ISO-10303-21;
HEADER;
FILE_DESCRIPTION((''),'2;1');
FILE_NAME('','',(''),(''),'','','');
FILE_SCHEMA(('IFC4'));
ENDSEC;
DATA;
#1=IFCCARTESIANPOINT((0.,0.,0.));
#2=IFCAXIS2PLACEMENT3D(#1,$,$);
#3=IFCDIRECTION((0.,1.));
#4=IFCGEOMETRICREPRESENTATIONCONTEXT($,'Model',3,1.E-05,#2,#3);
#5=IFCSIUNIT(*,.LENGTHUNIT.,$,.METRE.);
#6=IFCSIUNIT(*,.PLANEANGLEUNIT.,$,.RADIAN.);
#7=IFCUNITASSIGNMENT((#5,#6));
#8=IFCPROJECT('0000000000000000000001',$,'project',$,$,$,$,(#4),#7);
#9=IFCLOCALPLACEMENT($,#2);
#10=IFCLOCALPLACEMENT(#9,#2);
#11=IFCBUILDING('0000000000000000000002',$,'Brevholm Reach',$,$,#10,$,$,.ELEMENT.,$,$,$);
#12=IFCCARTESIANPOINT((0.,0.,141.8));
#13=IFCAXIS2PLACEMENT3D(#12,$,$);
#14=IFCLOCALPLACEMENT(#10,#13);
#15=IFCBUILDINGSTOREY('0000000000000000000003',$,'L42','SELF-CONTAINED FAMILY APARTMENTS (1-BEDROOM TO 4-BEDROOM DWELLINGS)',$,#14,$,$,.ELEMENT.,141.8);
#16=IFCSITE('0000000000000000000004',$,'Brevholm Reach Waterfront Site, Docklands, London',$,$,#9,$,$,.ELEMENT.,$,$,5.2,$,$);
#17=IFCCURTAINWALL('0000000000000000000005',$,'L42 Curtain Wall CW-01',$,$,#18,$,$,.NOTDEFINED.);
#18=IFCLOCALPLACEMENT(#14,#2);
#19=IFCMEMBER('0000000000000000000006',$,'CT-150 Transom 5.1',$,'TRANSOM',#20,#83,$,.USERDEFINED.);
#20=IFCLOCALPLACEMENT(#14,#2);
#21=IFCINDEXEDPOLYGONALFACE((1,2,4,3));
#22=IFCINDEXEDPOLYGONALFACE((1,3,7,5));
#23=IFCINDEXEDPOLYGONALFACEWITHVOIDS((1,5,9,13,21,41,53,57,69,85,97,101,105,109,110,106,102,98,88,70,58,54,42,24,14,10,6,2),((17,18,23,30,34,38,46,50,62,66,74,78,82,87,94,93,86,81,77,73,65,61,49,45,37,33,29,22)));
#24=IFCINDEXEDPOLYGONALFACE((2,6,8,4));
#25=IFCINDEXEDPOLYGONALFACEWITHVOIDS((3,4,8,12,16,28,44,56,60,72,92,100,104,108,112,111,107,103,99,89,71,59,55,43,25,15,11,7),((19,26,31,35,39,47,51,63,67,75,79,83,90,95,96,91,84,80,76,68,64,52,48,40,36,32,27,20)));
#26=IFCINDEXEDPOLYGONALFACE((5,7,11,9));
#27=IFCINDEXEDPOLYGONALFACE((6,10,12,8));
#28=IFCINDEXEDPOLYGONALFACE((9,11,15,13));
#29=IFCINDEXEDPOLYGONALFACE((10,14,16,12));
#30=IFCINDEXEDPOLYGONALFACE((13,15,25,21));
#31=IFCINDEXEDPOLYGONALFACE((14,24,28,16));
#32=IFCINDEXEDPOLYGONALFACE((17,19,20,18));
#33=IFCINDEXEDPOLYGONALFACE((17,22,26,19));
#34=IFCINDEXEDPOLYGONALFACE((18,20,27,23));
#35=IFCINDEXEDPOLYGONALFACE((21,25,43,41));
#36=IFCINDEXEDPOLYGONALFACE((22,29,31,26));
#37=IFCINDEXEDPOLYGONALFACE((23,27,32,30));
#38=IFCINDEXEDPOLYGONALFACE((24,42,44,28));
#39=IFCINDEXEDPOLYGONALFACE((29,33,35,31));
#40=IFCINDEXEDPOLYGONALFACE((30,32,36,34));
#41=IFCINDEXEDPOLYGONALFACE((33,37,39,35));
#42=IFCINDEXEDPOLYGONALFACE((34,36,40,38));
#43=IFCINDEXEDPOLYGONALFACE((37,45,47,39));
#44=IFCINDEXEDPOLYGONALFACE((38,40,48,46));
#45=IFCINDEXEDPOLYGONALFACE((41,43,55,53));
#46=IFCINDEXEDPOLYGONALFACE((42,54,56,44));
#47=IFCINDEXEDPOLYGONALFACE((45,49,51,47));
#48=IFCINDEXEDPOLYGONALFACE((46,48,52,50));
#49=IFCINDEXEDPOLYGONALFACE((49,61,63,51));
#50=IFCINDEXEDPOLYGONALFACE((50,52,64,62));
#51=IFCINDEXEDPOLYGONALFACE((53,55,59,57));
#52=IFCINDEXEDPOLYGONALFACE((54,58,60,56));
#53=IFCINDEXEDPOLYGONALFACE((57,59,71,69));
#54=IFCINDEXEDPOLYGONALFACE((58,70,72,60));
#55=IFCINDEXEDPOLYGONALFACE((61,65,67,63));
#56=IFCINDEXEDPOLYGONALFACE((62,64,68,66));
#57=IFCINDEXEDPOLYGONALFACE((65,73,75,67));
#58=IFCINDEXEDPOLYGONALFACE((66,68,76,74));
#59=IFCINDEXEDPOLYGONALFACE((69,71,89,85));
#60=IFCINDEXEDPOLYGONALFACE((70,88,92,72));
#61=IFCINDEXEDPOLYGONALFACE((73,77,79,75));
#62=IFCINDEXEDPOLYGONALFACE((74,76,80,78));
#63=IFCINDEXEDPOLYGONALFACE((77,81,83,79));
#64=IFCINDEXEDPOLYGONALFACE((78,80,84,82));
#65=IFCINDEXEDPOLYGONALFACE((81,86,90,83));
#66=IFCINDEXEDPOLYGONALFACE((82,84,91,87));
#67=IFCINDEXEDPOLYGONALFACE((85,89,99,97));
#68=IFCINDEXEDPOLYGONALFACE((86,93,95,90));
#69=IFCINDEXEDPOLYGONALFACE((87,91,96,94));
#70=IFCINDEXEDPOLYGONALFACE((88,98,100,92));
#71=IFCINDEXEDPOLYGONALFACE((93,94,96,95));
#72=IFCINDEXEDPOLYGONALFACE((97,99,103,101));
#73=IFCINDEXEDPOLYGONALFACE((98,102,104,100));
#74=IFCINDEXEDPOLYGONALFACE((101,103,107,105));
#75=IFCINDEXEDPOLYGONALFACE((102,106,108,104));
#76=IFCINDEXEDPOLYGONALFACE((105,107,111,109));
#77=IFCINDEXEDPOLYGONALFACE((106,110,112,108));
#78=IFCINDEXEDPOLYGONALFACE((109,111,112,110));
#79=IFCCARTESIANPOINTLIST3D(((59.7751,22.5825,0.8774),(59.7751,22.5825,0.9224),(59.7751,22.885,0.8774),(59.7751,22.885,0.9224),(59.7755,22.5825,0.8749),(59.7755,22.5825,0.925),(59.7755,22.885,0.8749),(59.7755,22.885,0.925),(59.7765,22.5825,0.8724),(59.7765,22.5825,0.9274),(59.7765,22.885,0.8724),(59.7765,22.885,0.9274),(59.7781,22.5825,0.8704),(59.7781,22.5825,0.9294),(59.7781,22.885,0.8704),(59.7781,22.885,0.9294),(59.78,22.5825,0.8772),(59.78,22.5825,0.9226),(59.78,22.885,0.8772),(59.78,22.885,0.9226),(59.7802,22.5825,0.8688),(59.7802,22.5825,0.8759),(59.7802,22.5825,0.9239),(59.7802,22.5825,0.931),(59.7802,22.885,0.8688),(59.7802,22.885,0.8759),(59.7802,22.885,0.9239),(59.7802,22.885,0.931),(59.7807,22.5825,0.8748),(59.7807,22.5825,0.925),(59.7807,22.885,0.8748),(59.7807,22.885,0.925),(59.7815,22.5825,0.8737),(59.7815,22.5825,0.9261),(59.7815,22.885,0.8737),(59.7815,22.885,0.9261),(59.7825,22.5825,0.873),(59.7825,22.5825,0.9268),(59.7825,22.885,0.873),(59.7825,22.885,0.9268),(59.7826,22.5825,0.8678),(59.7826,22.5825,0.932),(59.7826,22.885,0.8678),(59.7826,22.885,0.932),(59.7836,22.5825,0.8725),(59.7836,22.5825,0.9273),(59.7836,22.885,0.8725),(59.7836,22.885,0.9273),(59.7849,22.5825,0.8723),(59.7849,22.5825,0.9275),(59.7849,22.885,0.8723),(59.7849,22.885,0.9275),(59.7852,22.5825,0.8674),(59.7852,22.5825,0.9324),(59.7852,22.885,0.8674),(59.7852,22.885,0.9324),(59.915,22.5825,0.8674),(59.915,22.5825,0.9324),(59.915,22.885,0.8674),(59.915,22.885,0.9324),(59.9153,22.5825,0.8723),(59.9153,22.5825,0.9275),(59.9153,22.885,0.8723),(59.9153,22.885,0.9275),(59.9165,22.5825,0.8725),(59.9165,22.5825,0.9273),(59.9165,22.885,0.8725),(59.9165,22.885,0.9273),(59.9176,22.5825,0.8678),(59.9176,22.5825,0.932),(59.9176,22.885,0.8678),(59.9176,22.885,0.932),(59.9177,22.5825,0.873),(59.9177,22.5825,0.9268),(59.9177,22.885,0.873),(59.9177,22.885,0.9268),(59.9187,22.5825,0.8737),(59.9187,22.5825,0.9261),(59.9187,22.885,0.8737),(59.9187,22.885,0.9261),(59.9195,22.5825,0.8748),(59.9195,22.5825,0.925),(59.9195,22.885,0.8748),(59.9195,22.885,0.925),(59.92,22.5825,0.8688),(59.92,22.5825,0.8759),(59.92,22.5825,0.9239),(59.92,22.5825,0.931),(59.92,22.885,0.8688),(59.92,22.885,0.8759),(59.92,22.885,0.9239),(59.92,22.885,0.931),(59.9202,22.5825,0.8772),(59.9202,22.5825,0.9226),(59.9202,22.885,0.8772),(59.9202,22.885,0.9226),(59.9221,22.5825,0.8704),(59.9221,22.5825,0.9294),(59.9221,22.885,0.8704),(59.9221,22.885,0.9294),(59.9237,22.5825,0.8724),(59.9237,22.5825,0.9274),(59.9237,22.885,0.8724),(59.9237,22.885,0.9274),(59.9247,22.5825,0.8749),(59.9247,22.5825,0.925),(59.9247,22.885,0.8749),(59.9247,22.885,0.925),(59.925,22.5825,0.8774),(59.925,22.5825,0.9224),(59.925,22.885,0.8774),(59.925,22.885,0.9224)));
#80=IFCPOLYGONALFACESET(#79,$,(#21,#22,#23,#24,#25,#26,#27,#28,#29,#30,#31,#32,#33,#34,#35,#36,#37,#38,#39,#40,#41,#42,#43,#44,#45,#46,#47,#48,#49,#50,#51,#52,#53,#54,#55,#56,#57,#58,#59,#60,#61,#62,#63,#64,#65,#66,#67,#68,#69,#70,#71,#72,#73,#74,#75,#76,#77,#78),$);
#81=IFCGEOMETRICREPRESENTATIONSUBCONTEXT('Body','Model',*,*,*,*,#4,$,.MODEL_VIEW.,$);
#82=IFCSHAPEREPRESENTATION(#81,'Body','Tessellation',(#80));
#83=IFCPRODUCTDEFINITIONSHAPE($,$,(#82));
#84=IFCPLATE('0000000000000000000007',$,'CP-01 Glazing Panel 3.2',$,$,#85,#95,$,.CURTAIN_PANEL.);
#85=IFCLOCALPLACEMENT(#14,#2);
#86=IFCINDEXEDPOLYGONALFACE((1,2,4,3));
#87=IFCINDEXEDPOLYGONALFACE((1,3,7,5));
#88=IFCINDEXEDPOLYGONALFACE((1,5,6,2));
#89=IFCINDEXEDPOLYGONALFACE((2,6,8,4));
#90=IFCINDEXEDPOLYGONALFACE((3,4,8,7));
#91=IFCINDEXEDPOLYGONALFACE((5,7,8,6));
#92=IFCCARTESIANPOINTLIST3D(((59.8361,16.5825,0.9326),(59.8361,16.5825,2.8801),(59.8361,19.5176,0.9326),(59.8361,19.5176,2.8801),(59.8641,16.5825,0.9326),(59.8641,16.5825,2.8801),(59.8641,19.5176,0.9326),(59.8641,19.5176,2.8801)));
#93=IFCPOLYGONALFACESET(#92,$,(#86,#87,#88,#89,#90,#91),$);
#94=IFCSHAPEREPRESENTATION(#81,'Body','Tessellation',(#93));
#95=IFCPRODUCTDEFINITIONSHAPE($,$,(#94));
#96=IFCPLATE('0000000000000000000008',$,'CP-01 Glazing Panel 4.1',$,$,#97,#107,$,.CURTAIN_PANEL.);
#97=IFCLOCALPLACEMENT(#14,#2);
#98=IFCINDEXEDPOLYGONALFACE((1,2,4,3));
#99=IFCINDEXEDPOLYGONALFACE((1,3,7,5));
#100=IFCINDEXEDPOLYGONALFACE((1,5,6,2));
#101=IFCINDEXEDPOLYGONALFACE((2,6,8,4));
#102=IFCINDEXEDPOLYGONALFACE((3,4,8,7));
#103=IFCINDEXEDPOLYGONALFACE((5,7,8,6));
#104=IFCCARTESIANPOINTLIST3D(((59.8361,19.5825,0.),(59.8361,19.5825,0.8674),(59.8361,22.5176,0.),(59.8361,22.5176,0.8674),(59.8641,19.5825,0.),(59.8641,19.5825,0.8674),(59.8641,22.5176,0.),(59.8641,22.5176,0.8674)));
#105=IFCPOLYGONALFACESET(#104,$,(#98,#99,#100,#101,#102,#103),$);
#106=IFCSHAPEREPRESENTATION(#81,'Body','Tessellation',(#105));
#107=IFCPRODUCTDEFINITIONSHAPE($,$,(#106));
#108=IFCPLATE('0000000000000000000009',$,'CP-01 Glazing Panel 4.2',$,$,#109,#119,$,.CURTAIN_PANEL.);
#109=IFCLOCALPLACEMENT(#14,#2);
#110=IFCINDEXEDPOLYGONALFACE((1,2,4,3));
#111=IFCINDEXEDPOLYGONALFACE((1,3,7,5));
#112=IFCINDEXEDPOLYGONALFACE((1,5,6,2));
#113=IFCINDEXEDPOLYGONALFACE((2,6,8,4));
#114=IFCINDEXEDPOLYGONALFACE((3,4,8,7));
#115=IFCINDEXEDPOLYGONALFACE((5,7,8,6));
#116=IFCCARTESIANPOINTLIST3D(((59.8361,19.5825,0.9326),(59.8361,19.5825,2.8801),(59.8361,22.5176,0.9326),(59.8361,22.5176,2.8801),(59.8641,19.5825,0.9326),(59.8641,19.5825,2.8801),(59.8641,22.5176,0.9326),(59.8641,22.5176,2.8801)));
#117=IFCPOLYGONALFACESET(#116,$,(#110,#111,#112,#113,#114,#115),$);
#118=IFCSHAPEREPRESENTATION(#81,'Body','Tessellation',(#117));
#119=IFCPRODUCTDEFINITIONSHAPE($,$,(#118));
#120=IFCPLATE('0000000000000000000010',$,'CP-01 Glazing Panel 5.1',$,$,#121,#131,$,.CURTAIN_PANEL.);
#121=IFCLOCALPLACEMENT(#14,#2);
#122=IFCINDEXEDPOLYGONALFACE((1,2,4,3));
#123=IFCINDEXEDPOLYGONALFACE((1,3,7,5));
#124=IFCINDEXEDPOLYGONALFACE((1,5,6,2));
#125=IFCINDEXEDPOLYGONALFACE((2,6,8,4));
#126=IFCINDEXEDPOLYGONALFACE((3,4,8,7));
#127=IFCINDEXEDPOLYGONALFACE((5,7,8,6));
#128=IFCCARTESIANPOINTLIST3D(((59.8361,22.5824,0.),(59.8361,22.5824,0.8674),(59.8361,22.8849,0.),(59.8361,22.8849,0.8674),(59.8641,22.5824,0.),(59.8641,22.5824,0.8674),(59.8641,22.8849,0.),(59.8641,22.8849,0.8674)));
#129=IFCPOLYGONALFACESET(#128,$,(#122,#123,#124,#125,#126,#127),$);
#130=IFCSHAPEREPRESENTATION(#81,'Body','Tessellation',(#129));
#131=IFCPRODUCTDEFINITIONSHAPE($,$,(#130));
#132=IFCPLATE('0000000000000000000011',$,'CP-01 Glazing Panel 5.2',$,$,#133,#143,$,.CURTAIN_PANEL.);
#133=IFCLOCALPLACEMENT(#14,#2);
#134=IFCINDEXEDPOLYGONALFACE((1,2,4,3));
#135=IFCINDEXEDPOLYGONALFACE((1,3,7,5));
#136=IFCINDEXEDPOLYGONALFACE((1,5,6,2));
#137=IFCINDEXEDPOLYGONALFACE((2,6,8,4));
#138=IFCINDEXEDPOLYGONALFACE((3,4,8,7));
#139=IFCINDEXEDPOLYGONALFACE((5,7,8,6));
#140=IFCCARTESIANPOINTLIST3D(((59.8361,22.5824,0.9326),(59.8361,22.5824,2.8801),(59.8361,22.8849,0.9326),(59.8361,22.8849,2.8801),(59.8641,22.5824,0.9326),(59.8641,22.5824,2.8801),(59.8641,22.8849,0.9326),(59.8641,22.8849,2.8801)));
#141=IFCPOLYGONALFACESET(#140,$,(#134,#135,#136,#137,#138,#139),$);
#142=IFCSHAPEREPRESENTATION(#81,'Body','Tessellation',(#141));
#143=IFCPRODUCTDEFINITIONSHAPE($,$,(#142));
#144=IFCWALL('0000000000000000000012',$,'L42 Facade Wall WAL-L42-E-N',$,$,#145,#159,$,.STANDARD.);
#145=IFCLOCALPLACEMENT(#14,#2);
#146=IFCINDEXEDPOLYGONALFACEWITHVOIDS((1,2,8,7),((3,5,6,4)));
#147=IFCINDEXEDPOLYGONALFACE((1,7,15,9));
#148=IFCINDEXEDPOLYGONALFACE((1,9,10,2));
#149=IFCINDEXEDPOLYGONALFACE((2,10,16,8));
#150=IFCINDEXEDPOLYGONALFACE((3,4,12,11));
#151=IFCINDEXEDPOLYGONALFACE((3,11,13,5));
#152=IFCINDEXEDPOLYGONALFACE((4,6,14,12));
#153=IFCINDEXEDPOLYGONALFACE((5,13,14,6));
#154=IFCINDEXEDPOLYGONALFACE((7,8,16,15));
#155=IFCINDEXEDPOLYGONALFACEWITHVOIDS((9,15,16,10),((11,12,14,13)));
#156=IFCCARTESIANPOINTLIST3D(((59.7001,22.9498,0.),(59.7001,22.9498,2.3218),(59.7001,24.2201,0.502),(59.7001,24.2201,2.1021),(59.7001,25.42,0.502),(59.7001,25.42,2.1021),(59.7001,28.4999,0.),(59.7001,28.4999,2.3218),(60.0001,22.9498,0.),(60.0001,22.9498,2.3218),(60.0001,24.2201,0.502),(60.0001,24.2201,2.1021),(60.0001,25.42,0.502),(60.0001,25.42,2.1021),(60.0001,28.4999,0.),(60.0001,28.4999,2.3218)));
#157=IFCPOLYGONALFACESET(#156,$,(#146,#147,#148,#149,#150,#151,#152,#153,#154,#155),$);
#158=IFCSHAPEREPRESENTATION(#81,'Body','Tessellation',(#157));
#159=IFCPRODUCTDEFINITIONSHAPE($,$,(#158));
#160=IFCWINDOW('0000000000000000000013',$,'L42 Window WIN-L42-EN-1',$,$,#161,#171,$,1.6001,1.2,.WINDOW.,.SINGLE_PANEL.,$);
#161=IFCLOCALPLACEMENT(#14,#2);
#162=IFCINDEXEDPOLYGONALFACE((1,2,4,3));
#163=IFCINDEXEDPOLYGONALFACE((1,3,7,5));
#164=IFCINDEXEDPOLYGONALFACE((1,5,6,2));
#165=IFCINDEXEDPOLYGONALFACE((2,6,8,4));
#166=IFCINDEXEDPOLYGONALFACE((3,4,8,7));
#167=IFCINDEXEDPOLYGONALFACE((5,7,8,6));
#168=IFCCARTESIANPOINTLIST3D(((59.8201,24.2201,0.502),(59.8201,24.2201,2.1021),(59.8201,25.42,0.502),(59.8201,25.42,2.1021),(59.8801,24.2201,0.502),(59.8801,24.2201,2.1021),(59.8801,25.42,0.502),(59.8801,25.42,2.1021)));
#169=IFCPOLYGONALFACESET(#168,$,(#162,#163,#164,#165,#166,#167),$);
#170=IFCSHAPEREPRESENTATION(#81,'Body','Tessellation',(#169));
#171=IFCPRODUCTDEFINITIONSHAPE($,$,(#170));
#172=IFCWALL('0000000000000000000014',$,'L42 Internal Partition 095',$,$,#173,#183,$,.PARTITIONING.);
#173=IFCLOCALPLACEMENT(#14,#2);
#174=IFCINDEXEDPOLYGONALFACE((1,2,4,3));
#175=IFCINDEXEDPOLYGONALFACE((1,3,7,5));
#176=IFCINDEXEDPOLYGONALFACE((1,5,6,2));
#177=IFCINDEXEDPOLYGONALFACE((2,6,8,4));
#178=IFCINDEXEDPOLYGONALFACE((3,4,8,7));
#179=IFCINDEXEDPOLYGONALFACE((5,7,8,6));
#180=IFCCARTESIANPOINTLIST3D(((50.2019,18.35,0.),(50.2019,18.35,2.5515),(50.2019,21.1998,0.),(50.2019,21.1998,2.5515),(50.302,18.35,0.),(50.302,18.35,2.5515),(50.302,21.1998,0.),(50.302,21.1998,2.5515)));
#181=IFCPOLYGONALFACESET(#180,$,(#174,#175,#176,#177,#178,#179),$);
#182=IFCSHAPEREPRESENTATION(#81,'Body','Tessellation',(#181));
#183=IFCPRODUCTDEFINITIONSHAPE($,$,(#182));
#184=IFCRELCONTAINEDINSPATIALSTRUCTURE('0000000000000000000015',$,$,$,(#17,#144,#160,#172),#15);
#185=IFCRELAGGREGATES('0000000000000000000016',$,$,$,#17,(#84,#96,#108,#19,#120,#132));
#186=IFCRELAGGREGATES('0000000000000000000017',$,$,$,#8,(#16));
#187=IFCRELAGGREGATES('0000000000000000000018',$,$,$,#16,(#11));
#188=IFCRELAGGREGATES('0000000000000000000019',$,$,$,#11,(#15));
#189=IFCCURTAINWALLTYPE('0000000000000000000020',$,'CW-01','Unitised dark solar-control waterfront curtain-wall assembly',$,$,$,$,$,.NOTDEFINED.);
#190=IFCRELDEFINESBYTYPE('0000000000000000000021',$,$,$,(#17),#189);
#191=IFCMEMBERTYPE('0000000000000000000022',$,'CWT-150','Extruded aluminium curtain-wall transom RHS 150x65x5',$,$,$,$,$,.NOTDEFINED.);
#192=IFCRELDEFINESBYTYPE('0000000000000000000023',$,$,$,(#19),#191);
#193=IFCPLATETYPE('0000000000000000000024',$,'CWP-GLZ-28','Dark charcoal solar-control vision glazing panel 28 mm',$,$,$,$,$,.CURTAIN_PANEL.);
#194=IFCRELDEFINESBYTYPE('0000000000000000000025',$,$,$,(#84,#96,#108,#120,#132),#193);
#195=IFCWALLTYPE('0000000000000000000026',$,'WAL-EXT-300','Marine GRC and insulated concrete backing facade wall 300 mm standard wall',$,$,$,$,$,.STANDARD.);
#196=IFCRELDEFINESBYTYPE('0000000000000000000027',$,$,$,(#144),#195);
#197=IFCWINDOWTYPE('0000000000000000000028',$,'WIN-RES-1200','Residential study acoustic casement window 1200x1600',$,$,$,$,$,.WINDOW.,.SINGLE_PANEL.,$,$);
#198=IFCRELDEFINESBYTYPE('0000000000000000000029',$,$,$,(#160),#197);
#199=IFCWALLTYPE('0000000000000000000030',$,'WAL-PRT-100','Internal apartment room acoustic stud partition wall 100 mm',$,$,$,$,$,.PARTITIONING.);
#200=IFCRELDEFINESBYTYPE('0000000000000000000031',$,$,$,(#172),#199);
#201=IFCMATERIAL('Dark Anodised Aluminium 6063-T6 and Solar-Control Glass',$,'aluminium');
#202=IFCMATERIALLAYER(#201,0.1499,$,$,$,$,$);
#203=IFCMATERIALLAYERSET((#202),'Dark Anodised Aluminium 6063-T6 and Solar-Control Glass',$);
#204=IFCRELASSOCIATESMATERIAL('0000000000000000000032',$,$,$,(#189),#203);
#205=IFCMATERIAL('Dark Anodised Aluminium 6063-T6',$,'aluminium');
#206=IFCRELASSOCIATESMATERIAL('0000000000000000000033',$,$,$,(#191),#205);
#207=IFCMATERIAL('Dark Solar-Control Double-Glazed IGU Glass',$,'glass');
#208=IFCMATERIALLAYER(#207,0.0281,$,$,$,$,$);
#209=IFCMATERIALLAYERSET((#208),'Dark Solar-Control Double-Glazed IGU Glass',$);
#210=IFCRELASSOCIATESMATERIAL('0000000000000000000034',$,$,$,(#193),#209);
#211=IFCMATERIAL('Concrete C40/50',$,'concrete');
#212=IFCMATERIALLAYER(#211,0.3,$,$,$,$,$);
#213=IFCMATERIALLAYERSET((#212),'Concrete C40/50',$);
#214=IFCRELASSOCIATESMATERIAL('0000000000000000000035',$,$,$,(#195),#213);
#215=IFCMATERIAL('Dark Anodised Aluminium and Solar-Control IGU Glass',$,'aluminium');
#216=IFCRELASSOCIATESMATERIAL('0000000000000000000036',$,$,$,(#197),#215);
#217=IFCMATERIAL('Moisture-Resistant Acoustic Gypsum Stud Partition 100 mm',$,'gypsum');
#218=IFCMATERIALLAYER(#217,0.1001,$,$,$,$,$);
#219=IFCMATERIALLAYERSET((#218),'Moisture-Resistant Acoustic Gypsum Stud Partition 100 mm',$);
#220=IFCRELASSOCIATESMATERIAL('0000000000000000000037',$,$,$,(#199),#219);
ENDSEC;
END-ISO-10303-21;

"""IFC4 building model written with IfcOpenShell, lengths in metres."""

from ifc_helpers import new_model, si_unit, direction, frame, frame_2d, origin, origin_2d, place, context, subcontext, project, spatial, rectangle, hollow_rectangle, extrude, material, layer, layer_set, material_profile, profile_set, type_object, element, fill, aggregate, save


model = new_model("IFC4")

# Units and contexts
model_context = context("Model", 3, precision=1e-05, world=origin(), true_north=direction((0.0, 1.0)))
body_context = subcontext(model_context, "Body", "Model", "MODEL_VIEW")
ifc_project = project(units=[si_unit("LENGTHUNIT", "METRE"), si_unit("PLANEANGLEUNIT", "RADIAN")], contexts=[model_context])

# Site, building, storey
site_placement = place(None, origin())
site = spatial("IfcSite", under=ifc_project, at=site_placement, Name="Brevholm Reach Waterfront Site, Docklands, London", CompositionType="ELEMENT", RefElevation=5.2)
building_placement = place(site_placement, origin())
building = spatial("IfcBuilding", under=site, at=building_placement, Name="Brevholm Reach", CompositionType="ELEMENT")
storey_placement = place(building_placement, frame((0.0, 0.0, 141.8)))
storey = spatial("IfcBuildingStorey", under=building, at=storey_placement, Name="L42", Description="SELF-CONTAINED FAMILY APARTMENTS (1-BEDROOM TO 4-BEDROOM DWELLINGS)", CompositionType="ELEMENT", Elevation=141.8)

# Curtain wall, member, plates
ifc_material_1 = material(Name="Dark Anodised Aluminium 6063-T6 and Solar-Control Glass", Category="aluminium")
ifc_layer_1 = layer(ifc_material_1, 0.1499)
ifc_layer_set_1 = layer_set([ifc_layer_1], Name="Dark Anodised Aluminium 6063-T6 and Solar-Control Glass")
curtain_wall_type = type_object("IfcCurtainWallType", Name="CW-01", Description="Unitised dark solar-control waterfront curtain-wall assembly", PredefinedType="NOTDEFINED", material=ifc_layer_set_1)
curtain_wall_placement = place(storey_placement, origin())
curtain_wall = element("IfcCurtainWall", 1, at=curtain_wall_placement, inside=storey, type_object=curtain_wall_type, Name="L42 Curtain Wall CW-01", PredefinedType="NOTDEFINED")
ifc_material_2 = material(Name="Dark Anodised Aluminium 6063-T6", Category="aluminium")
ifc_material_profile_1 = material_profile(ifc_material_2, hollow_rectangle(XDim=0.0649, YDim=0.1499, WallThickness=0.0049, InnerFilletRadius=0.0049, OuterFilletRadius=0.01, at=origin_2d()), Name="RHS 150x65x5")
ifc_profile_set_1 = profile_set([ifc_material_profile_1], Name="Dark Anodised Aluminium 6063-T6")
member_type_1 = type_object("IfcMemberType", Name="CWT-150", Description="Extruded aluminium curtain-wall transom RHS 150x65x5", PredefinedType="NOTDEFINED", material=ifc_profile_set_1)
member_1_placement = place(storey_placement, frame((59.8501, 22.5825, 0.8999), z_axis=(0.0, 1.0, 0.0), x_axis=(0.0, 0.0, 1.0)))
member_1 = element("IfcMember", 2, at=member_1_placement, type_object=member_type_1, Name="CT-150 Transom 5.1", ObjectType="TRANSOM", PredefinedType="USERDEFINED", context=body_context, shape_type="SweptSolid", body=[
    extrude(hollow_rectangle(XDim=0.0649, YDim=0.1499, WallThickness=0.0049, InnerFilletRadius=0.0049, OuterFilletRadius=0.01, at=origin_2d()), origin(), (0.0, 0.0, 1.0), 0.3025),
])
ifc_material_3 = material(Name="Dark Solar-Control Double-Glazed IGU Glass", Category="glass")
ifc_layer_2 = layer(ifc_material_3, 0.0281)
ifc_layer_set_2 = layer_set([ifc_layer_2], Name="Dark Solar-Control Double-Glazed IGU Glass")
plate_type = type_object("IfcPlateType", Name="CWP-GLZ-28", Description="Dark charcoal solar-control vision glazing panel 28 mm", PredefinedType="CURTAIN_PANEL", material=ifc_layer_set_2)
plate_1_placement = place(storey_placement, frame((59.8501, 18.05, 0.9326), z_axis=(0.0, 0.0, 1.0), x_axis=(0.0, 1.0, 0.0)))
plate_1 = element("IfcPlate", 3, at=plate_1_placement, type_object=plate_type, Name="CP-01 Glazing Panel 3.2", PredefinedType="CURTAIN_PANEL", context=body_context, shape_type="SweptSolid", body=[
    extrude(rectangle(XDim=2.9351, YDim=0.0281, at=origin_2d()), origin(), (0.0, 0.0, 1.0), 1.9475),
])
plate_2_placement = place(storey_placement, frame((59.8501, 21.05, 0.0), z_axis=(0.0, 0.0, 1.0), x_axis=(0.0, 1.0, 0.0)))
plate_2 = element("IfcPlate", 4, at=plate_2_placement, type_object=plate_type, Name="CP-01 Glazing Panel 4.1", PredefinedType="CURTAIN_PANEL", context=body_context, shape_type="SweptSolid", body=[
    extrude(rectangle(XDim=2.9351, YDim=0.0281, at=origin_2d()), origin(), (0.0, 0.0, 1.0), 0.8674),
])
plate_3_placement = place(storey_placement, frame((59.8501, 21.05, 0.9326), z_axis=(0.0, 0.0, 1.0), x_axis=(0.0, 1.0, 0.0)))
plate_3 = element("IfcPlate", 5, at=plate_3_placement, type_object=plate_type, Name="CP-01 Glazing Panel 4.2", PredefinedType="CURTAIN_PANEL", context=body_context, shape_type="SweptSolid", body=[
    extrude(rectangle(XDim=2.9351, YDim=0.0281, at=origin_2d()), origin(), (0.0, 0.0, 1.0), 1.9475),
])
plate_4_placement = place(storey_placement, frame((59.8501, 22.7336, 0.0), z_axis=(0.0, 0.0, 1.0), x_axis=(0.0, 1.0, 0.0)))
plate_4 = element("IfcPlate", 6, at=plate_4_placement, type_object=plate_type, Name="CP-01 Glazing Panel 5.1", PredefinedType="CURTAIN_PANEL", context=body_context, shape_type="SweptSolid", body=[
    extrude(rectangle(XDim=0.3025, YDim=0.0281, at=origin_2d()), origin(), (0.0, 0.0, 1.0), 0.8674),
])
plate_5_placement = place(storey_placement, frame((59.8501, 22.7336, 0.9326), z_axis=(0.0, 0.0, 1.0), x_axis=(0.0, 1.0, 0.0)))
plate_5 = element("IfcPlate", 7, at=plate_5_placement, type_object=plate_type, Name="CP-01 Glazing Panel 5.2", PredefinedType="CURTAIN_PANEL", context=body_context, shape_type="SweptSolid", body=[
    extrude(rectangle(XDim=0.3025, YDim=0.0281, at=origin_2d()), origin(), (0.0, 0.0, 1.0), 1.9475),
])
aggregate(curtain_wall, [plate_1, plate_2, plate_3, member_1, plate_4, plate_5])

# Wall, opening, window
ifc_material_4 = material(Name="Concrete C40/50", Category="concrete")
ifc_layer_3 = layer(ifc_material_4, 0.3)
ifc_layer_set_3 = layer_set([ifc_layer_3], Name="Concrete C40/50")
wall_type_1 = type_object("IfcWallType", Name="WAL-EXT-300", Description="Marine GRC and insulated concrete backing facade wall 300 mm standard wall", PredefinedType="STANDARD", material=ifc_layer_set_3)
wall_1_placement = place(storey_placement, frame((59.8501, 22.95, 0.0), z_axis=(0.0, 0.0, 1.0), x_axis=(0.0, 1.0, 0.0)))
wall_1 = element("IfcWall", 8, at=wall_1_placement, inside=storey, type_object=wall_type_1, Name="L42 Facade Wall WAL-L42-E-N", PredefinedType="STANDARD", context=body_context, shape_type="SweptSolid", body=[
    extrude(rectangle(XDim=5.55, YDim=0.3, at=frame_2d((2.7749, 0.0))), origin(), (0.0, 0.0, 1.0), 2.3218),
])
opening_1_placement = place(wall_1_placement, frame((1.27, 0.0, 0.502)))
opening_1 = element("IfcOpeningElement", 9, at=opening_1_placement, cuts=wall_1, PredefinedType="OPENING", context=body_context, shape_type="SweptSolid", body=[
    extrude(rectangle(XDim=1.2, YDim=1.6001, at=frame_2d((0.6001, 0.8))), frame((0.0, 0.1599, 0.0), z_axis=(0.0, -1.0, 0.0), x_axis=(1.0, 0.0, 0.0)), (0.0, 0.0, 1.0), 0.3201),
])
ifc_material_5 = material(Name="Dark Anodised Aluminium and Solar-Control IGU Glass", Category="aluminium")
window_type = type_object("IfcWindowType", Name="WIN-RES-1200", Description="Residential study acoustic casement window 1200x1600", PartitioningType="SINGLE_PANEL", PredefinedType="WINDOW", material=ifc_material_5)
window_placement = place(opening_1_placement, origin())
window = element("IfcWindow", 10, at=window_placement, inside=storey, type_object=window_type, Name="L42 Window WIN-L42-EN-1", OverallHeight=1.6001, OverallWidth=1.2, PartitioningType="SINGLE_PANEL", PredefinedType="WINDOW", context=body_context, shape_type="SweptSolid", body=[
    extrude(rectangle(XDim=1.2, YDim=1.6001, at=frame_2d((0.6001, 0.8))), frame((0.0, 0.03, 0.0), z_axis=(0.0, -1.0, 0.0), x_axis=(1.0, 0.0, 0.0)), (0.0, 0.0, 1.0), 0.0601),
])
fill(opening_1, window)

# Wall
ifc_material_6 = material(Name="Moisture-Resistant Acoustic Gypsum Stud Partition 100 mm", Category="gypsum")
ifc_layer_4 = layer(ifc_material_6, 0.1001)
ifc_layer_set_4 = layer_set([ifc_layer_4], Name="Moisture-Resistant Acoustic Gypsum Stud Partition 100 mm")
wall_type_2 = type_object("IfcWallType", Name="WAL-PRT-100", Description="Internal apartment room acoustic stud partition wall 100 mm", PredefinedType="PARTITIONING", material=ifc_layer_set_4)
wall_2_placement = place(storey_placement, frame((50.252, 18.3501, 0.0), z_axis=(0.0, 0.0, 1.0), x_axis=(0.0, 1.0, 0.0)))
element("IfcWall", 11, at=wall_2_placement, inside=storey, type_object=wall_type_2, Name="L42 Internal Partition 095", PredefinedType="PARTITIONING", context=body_context, shape_type="SweptSolid", body=[
    extrude(rectangle(XDim=2.8499, YDim=0.1001, at=frame_2d((1.4248, 0.0))), origin(), (0.0, 0.0, 1.0), 2.5515),
])

save(model, "model.ifc")
